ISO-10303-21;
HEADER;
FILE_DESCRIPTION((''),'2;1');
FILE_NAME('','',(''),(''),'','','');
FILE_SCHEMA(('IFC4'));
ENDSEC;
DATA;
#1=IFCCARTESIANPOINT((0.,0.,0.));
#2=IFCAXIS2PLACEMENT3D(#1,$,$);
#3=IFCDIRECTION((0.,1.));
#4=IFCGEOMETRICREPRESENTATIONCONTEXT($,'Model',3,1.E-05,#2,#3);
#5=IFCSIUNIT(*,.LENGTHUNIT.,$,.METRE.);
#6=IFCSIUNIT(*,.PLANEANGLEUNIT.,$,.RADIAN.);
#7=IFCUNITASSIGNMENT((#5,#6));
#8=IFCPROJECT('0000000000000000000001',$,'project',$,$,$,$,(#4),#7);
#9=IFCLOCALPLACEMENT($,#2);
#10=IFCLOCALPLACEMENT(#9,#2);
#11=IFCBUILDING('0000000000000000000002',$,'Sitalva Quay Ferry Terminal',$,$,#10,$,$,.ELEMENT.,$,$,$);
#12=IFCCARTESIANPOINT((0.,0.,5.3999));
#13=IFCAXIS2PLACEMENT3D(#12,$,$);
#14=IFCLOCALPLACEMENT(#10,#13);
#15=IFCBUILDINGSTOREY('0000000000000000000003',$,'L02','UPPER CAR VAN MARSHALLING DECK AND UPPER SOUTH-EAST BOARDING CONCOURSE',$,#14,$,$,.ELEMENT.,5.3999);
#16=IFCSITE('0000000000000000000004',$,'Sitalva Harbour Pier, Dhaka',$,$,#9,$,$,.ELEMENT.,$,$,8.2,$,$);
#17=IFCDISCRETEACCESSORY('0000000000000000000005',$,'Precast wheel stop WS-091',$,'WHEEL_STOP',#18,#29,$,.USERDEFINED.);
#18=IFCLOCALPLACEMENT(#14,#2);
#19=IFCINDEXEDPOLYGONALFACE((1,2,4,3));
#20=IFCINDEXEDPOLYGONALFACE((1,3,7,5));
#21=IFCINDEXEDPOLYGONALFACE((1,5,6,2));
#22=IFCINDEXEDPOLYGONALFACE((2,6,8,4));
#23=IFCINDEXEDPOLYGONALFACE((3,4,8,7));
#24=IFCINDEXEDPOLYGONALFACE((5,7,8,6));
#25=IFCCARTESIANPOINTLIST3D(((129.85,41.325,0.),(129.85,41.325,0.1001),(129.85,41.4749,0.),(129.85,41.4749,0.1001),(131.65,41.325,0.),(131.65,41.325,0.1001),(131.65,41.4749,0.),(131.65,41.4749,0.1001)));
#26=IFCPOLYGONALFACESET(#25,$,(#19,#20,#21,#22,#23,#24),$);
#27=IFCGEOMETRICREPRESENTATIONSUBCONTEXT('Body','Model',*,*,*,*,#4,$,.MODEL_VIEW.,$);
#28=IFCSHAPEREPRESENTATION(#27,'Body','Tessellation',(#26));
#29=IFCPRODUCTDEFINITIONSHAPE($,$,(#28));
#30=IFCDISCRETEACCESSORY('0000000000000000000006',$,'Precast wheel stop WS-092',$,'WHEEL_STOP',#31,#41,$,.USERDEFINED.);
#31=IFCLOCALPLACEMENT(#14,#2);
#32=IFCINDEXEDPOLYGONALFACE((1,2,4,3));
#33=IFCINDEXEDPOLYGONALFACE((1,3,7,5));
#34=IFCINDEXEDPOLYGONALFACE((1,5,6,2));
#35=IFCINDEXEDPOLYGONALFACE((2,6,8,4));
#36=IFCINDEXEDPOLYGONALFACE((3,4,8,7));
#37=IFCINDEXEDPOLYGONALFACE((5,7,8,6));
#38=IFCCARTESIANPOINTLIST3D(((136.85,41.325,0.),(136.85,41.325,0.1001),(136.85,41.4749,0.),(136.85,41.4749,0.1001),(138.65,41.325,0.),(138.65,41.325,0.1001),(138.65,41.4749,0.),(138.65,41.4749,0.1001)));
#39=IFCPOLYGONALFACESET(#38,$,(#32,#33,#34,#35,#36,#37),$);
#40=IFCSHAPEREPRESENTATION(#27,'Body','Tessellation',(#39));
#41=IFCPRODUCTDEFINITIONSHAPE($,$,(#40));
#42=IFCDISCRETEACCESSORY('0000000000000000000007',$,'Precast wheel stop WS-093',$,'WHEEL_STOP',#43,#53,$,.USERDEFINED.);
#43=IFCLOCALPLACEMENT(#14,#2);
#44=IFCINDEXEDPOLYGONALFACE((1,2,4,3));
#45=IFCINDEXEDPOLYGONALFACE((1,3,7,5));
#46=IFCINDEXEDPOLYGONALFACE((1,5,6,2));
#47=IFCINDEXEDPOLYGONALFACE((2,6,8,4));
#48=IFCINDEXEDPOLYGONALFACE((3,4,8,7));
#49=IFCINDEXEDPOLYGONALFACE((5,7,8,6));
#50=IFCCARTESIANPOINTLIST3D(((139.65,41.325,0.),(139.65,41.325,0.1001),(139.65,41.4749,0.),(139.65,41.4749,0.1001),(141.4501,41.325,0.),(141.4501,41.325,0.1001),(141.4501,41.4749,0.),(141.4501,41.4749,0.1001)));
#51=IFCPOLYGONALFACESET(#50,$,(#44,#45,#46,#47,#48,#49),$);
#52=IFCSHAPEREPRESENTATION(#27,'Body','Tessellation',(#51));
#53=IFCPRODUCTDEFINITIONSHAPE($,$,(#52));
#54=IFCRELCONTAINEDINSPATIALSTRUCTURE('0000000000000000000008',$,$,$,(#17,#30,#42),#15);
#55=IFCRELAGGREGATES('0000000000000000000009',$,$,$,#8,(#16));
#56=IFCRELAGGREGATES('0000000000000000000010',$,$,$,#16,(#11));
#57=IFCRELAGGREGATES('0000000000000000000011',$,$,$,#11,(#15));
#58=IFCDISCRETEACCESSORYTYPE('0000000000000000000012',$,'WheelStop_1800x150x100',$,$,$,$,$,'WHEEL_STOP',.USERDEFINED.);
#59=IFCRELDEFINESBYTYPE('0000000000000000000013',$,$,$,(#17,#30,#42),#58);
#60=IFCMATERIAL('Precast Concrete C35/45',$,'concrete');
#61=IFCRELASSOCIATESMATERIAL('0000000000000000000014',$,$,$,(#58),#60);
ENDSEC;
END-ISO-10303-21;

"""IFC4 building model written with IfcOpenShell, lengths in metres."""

from ifc_helpers import new_model, si_unit, direction, frame, origin, origin_2d, place, context, subcontext, project, spatial, rectangle, extrude, material, type_object, element, save


model = new_model("IFC4")

# Units and contexts
model_context = context("Model", 3, precision=1e-05, world=origin(), true_north=direction((0.0, 1.0)))
body_context = subcontext(model_context, "Body", "Model", "MODEL_VIEW")
ifc_project = project(units=[si_unit("LENGTHUNIT", "METRE"), si_unit("PLANEANGLEUNIT", "RADIAN")], contexts=[model_context])

# Site, building, storey
site_placement = place(None, origin())
site = spatial("IfcSite", under=ifc_project, at=site_placement, Name="Sitalva Harbour Pier, Dhaka", CompositionType="ELEMENT", RefElevation=8.2)
building_placement = place(site_placement, origin())
building = spatial("IfcBuilding", under=site, at=building_placement, Name="Sitalva Quay Ferry Terminal", CompositionType="ELEMENT")
storey_placement = place(building_placement, frame((0.0, 0.0, 5.3999)))
storey = spatial("IfcBuildingStorey", under=building, at=storey_placement, Name="L02", Description="UPPER CAR VAN MARSHALLING DECK AND UPPER SOUTH-EAST BOARDING CONCOURSE", CompositionType="ELEMENT", Elevation=5.3999)

# Discrete accessories
ifc_material_1 = material(Name="Precast Concrete C35/45", Category="concrete")
discrete_accessory_type_1 = type_object("IfcDiscreteAccessoryType", Name="WheelStop_1800x150x100", ElementType="WHEEL_STOP", PredefinedType="USERDEFINED", material=ifc_material_1)
for number, where, z_axis, x_axis, name in (
    (1, (130.75, 41.3999, 0.0), (0.0, 0.0, 1.0), (1.0, 0.0, 0.0), "Precast wheel stop WS-091"),
    (2, (137.75, 41.3999, 0.0), (0.0, 0.0, 1.0), (1.0, 0.0, 0.0), "Precast wheel stop WS-092"),
    (3, (140.55, 41.3999, 0.0), (0.0, 0.0, 1.0), (1.0, 0.0, 0.0), "Precast wheel stop WS-093"),
):
    element("IfcDiscreteAccessory", number, at=place(storey_placement, frame(where, z_axis=z_axis, x_axis=x_axis)), inside=storey, type_object=discrete_accessory_type_1, Name=name, ObjectType="WHEEL_STOP", PredefinedType="USERDEFINED", context=body_context, shape_type="SweptSolid", body=[
        extrude(rectangle(XDim=1.8, YDim=0.1499, at=origin_2d()), origin(), (0.0, 0.0, 1.0), 0.1001),
    ])

save(model, "model.ifc")
